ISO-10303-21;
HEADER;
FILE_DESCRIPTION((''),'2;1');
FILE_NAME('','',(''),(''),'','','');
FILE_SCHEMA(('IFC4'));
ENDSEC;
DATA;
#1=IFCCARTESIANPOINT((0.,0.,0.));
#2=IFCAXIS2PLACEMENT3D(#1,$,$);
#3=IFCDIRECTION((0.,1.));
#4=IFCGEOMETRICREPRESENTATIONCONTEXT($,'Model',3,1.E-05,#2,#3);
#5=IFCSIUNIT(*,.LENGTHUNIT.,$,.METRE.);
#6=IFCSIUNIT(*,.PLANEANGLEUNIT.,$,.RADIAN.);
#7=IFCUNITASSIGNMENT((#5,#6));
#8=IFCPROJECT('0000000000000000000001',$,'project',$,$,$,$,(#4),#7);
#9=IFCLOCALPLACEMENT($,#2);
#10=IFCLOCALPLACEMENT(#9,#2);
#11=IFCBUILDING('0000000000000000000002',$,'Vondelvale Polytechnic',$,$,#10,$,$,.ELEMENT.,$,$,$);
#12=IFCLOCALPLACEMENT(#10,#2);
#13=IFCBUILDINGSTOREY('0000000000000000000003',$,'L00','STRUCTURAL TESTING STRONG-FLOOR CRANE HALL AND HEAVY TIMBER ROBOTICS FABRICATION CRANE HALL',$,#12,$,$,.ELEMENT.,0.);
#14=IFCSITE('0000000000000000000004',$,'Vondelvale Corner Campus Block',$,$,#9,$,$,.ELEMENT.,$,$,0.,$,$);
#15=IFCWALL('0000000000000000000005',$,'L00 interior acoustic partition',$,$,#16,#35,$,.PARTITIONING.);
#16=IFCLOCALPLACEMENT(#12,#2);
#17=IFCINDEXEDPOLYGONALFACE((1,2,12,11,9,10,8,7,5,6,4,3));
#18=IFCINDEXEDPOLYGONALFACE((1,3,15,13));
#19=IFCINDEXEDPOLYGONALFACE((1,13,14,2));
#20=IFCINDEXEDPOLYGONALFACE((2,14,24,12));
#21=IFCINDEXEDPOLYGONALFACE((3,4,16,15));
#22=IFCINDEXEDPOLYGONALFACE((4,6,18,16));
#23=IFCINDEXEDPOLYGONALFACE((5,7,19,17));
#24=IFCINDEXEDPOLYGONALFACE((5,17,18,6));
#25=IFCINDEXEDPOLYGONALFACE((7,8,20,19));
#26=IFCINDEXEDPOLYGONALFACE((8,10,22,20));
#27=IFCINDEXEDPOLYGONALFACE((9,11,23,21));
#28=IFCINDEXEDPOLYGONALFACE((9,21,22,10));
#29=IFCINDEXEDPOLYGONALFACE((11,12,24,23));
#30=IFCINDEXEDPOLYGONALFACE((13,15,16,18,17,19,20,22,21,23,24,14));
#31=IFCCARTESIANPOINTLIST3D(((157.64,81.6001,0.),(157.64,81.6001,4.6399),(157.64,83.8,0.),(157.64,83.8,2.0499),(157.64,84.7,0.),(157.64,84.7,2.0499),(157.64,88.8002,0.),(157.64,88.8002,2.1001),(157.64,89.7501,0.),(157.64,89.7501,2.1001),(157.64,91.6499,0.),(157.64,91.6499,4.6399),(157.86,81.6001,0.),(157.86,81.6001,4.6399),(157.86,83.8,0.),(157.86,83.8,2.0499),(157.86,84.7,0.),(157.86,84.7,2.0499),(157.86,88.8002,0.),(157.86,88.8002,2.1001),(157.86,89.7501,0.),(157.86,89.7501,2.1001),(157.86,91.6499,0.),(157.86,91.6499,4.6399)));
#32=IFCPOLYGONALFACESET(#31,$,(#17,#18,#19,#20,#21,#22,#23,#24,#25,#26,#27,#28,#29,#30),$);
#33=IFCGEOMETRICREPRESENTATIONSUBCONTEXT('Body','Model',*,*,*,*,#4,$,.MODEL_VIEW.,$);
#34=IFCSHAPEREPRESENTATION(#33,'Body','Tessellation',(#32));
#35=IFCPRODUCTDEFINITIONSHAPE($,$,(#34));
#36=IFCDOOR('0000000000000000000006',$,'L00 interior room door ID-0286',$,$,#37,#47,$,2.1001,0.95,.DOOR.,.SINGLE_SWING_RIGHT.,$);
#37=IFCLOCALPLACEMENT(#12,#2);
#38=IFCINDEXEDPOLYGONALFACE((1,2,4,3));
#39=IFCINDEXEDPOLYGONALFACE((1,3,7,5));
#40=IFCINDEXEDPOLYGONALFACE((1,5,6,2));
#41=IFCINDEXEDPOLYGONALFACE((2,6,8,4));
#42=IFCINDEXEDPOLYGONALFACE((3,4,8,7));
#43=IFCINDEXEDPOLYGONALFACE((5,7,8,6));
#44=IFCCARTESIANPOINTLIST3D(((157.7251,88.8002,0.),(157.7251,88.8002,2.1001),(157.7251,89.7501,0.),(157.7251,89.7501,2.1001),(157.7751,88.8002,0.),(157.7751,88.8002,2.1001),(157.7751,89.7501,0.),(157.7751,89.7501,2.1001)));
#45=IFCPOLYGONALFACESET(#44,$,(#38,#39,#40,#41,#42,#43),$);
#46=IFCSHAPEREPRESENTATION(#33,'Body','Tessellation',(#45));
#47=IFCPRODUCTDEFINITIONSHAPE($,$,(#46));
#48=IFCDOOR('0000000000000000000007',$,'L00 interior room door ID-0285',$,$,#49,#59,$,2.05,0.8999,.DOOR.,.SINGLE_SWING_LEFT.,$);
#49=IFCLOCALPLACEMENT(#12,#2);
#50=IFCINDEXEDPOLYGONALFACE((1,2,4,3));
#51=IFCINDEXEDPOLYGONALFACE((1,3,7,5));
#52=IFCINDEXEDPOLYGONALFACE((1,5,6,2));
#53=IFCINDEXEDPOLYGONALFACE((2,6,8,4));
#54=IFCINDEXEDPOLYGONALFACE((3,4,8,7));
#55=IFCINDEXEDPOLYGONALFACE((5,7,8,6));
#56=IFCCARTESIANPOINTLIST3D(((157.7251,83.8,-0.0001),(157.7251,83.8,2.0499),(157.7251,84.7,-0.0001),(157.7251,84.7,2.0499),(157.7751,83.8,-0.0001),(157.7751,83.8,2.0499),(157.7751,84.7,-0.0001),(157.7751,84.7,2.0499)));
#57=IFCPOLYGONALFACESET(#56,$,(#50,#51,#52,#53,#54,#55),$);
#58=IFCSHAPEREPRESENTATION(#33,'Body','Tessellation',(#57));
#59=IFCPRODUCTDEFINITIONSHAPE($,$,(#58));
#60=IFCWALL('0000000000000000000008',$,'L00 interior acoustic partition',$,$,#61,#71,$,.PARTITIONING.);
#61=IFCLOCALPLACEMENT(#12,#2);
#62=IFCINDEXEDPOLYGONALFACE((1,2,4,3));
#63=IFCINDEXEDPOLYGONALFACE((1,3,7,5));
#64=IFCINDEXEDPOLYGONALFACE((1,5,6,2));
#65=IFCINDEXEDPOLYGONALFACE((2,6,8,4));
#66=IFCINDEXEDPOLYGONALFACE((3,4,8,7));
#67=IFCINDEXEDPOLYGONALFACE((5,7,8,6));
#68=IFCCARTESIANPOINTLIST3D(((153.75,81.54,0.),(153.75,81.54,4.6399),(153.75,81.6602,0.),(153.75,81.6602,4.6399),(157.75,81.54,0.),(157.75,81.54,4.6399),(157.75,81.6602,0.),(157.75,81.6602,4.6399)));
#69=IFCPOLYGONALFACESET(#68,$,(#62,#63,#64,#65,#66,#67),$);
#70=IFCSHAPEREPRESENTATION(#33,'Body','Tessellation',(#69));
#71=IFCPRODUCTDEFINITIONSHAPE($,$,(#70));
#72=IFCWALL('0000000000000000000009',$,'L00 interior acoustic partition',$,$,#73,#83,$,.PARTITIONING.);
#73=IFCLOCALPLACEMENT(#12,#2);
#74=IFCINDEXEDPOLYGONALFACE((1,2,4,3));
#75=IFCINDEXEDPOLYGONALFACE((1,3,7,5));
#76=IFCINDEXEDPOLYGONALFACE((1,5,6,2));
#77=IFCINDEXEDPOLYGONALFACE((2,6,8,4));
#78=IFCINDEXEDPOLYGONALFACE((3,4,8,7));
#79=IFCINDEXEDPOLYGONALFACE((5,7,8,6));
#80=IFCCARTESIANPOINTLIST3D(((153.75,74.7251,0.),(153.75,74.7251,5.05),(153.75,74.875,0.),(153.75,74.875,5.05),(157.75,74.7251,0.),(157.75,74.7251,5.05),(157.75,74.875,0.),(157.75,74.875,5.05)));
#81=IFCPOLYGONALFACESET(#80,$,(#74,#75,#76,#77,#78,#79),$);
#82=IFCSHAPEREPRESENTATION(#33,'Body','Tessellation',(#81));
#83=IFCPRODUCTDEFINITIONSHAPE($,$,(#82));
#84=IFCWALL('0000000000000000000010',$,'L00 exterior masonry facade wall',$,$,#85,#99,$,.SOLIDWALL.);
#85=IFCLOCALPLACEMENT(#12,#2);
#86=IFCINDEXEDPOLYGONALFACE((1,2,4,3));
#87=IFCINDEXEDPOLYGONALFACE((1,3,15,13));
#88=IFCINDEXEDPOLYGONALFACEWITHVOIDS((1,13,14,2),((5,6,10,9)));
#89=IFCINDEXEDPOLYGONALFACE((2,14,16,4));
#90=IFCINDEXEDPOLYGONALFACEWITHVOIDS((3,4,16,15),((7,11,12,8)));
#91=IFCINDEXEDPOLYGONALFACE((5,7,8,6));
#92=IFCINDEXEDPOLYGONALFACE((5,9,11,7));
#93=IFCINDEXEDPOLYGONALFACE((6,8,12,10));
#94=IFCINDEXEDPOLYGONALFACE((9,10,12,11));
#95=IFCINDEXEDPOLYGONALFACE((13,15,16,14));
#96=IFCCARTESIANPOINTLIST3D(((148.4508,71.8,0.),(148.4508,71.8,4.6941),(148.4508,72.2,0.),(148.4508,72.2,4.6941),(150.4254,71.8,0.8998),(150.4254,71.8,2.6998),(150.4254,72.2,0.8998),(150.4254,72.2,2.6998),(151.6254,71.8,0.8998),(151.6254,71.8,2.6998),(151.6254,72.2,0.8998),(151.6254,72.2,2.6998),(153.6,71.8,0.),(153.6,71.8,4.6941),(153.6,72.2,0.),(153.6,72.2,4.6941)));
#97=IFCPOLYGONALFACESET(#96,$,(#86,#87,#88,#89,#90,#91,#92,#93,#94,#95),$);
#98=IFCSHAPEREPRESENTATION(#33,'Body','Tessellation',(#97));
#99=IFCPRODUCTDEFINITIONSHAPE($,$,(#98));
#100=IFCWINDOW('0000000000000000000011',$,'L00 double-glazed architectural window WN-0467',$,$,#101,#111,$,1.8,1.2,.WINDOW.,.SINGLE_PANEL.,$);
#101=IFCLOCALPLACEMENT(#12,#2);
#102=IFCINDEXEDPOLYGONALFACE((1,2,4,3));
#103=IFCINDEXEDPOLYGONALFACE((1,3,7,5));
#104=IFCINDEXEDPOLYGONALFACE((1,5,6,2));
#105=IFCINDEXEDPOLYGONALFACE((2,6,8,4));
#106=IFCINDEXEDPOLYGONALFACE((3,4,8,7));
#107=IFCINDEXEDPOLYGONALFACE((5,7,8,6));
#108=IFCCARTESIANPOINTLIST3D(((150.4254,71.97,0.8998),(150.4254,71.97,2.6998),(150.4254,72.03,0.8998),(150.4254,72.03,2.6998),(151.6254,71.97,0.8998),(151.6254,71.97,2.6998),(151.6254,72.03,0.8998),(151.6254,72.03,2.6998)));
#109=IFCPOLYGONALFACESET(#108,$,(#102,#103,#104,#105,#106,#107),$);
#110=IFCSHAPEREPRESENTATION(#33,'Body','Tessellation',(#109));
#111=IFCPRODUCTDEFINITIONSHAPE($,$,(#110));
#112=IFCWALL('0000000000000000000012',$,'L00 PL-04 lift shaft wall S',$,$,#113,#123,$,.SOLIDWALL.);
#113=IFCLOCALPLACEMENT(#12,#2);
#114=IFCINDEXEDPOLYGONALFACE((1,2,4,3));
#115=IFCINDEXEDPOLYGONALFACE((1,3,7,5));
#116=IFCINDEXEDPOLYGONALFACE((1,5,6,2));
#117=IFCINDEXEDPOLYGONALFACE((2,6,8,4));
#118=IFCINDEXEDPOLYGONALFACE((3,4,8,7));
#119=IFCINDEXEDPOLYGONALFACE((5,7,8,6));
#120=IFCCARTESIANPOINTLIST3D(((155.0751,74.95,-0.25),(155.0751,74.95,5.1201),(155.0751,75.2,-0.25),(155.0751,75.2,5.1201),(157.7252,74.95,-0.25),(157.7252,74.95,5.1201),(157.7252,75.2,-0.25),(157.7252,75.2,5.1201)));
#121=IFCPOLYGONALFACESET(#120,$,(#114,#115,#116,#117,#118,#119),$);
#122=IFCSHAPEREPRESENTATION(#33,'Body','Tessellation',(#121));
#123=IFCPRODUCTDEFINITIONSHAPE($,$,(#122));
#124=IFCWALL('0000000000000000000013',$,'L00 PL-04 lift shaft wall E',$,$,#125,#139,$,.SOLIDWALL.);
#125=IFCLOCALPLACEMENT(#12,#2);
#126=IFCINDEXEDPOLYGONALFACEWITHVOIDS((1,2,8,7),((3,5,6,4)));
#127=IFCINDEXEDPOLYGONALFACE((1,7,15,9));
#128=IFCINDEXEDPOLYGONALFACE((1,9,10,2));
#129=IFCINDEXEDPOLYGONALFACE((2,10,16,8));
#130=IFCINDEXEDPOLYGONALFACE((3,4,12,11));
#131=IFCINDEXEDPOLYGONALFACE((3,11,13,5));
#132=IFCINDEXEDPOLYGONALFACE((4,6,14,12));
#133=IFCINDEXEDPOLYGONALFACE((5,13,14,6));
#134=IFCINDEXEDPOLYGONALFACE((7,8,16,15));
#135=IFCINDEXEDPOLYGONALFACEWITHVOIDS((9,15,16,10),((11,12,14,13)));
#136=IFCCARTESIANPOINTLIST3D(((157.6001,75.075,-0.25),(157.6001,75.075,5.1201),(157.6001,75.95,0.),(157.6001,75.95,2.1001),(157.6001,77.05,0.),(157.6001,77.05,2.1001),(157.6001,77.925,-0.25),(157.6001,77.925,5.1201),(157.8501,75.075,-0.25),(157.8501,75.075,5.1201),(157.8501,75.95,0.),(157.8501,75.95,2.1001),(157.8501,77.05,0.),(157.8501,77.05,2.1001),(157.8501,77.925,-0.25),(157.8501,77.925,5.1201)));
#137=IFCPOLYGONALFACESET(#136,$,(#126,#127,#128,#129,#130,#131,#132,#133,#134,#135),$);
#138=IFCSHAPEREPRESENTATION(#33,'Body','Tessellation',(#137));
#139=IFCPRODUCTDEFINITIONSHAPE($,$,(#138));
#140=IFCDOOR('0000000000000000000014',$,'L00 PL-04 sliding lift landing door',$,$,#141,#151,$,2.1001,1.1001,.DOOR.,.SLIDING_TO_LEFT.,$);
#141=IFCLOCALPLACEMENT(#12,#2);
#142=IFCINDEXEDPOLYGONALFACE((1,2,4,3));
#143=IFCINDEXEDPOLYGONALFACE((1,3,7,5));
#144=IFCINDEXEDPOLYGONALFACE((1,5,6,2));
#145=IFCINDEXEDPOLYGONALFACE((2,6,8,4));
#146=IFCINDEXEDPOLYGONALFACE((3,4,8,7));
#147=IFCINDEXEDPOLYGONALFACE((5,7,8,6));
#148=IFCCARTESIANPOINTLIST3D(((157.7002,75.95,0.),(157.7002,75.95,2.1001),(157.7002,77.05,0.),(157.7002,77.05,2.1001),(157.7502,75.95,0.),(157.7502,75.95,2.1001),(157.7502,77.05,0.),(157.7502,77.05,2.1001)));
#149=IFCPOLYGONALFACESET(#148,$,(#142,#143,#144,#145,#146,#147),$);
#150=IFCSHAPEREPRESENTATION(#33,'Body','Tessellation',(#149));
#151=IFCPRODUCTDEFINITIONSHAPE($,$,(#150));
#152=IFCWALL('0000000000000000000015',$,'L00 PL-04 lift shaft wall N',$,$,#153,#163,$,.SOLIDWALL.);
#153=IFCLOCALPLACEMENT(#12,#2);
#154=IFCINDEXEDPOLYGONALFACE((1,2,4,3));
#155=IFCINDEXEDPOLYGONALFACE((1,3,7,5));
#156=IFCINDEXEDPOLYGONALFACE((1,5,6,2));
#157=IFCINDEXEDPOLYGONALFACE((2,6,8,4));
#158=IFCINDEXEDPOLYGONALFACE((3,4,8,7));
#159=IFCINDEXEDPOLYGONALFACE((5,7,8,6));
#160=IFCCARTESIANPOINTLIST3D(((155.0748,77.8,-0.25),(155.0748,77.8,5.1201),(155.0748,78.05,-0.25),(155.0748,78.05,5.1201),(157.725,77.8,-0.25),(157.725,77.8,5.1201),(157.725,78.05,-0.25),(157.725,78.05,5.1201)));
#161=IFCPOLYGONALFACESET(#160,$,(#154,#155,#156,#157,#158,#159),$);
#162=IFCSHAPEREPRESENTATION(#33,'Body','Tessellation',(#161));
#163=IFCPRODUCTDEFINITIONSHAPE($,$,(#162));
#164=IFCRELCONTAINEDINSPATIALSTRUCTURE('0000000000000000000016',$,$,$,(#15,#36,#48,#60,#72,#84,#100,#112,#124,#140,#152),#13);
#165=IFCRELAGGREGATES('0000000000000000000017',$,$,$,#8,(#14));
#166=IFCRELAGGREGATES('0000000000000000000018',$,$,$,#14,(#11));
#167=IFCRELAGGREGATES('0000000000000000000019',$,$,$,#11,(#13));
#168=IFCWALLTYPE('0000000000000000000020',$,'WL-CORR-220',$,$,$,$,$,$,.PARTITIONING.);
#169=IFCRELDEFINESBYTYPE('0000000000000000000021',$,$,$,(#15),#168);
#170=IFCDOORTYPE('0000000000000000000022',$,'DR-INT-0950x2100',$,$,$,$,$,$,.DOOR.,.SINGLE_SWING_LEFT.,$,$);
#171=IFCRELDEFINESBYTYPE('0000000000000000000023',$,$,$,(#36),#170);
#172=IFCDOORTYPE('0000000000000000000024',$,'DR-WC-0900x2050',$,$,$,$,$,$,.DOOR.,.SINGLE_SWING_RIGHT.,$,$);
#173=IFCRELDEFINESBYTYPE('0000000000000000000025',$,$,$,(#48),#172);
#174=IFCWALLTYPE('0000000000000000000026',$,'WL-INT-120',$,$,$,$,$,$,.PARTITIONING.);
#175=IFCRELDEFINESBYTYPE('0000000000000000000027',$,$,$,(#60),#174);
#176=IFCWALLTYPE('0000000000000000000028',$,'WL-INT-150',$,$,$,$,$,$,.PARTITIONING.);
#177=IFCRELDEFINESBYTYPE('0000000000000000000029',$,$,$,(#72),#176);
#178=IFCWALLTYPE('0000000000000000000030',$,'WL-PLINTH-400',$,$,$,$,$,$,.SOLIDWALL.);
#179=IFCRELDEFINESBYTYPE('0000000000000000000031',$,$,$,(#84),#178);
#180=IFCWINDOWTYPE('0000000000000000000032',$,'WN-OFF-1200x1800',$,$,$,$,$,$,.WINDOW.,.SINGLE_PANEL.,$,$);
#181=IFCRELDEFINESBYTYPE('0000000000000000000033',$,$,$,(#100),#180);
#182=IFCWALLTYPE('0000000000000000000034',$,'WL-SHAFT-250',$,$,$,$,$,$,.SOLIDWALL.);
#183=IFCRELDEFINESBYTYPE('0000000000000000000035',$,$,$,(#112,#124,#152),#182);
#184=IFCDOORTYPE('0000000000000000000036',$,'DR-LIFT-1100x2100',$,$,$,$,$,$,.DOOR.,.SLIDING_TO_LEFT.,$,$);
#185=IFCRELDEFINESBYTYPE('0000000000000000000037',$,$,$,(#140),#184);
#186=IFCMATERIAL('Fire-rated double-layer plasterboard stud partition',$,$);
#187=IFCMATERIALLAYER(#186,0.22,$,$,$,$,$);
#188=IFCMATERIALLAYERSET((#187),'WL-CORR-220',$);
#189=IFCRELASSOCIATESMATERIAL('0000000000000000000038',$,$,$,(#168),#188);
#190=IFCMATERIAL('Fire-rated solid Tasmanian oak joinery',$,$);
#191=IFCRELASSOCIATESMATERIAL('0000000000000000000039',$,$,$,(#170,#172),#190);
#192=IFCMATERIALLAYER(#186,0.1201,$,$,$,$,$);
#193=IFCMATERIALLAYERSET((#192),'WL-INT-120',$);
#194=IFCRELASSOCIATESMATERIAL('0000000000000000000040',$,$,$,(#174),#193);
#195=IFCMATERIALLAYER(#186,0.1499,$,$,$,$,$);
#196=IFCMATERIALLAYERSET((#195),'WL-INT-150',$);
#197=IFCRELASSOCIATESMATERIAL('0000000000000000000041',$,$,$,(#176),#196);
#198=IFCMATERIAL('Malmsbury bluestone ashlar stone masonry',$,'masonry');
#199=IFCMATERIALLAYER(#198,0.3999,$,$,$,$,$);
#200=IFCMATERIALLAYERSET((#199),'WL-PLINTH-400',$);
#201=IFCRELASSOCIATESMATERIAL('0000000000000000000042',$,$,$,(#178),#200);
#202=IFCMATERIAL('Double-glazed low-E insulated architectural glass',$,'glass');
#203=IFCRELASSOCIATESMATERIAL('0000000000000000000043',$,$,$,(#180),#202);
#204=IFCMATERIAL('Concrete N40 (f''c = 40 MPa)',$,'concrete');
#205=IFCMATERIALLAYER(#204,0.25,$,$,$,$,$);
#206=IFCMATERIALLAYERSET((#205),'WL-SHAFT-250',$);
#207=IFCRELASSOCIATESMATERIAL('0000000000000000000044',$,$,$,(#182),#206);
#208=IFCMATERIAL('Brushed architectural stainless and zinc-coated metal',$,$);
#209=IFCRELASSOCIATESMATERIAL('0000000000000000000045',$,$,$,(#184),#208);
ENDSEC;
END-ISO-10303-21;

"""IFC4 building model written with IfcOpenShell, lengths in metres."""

from ifc_helpers import new_model, si_unit, direction, frame, frame_2d, origin, place, context, subcontext, project, spatial, rectangle, extrude, material, layer, layer_set, type_object, element, fill, save


model = new_model("IFC4")

# Units and contexts
model_context = context("Model", 3, precision=1e-05, world=origin(), true_north=direction((0.0, 1.0)))
body_context = subcontext(model_context, "Body", "Model", "MODEL_VIEW")
ifc_project = project(units=[si_unit("LENGTHUNIT", "METRE"), si_unit("PLANEANGLEUNIT", "RADIAN")], contexts=[model_context])

# Site, building, storey
site_placement = place(None, origin())
site = spatial("IfcSite", under=ifc_project, at=site_placement, Name="Vondelvale Corner Campus Block", CompositionType="ELEMENT", RefElevation=0.0)
building_placement = place(site_placement, origin())
building = spatial("IfcBuilding", under=site, at=building_placement, Name="Vondelvale Polytechnic", CompositionType="ELEMENT")
storey_placement = place(building_placement, origin())
storey = spatial("IfcBuildingStorey", under=building, at=storey_placement, Name="L00", Description="STRUCTURAL TESTING STRONG-FLOOR CRANE HALL AND HEAVY TIMBER ROBOTICS FABRICATION CRANE HALL", CompositionType="ELEMENT", Elevation=0.0)

# Shared definitions
ifc_material_1 = material(Name="Concrete N40 (f'c = 40 MPa)", Category="concrete")

# Shared definitions
ifc_material_2 = material(Name="Fire-rated double-layer plasterboard stud partition")
ifc_layer_1 = layer(ifc_material_2, 0.22)
ifc_layer_set_1 = layer_set([ifc_layer_1], Name="WL-CORR-220")
wall_type_1 = type_object("IfcWallType", Name="WL-CORR-220", PredefinedType="PARTITIONING", material=ifc_layer_set_1)

# Wall, openings, doors
wall_1_placement = place(storey_placement, frame((157.75, 81.6001, 0.0), z_axis=(0.0, 0.0, 1.0), x_axis=(0.0, 1.0, 0.0)))
wall_1 = element("IfcWall", 1, at=wall_1_placement, inside=storey, type_object=wall_type_1, Name="L00 interior acoustic partition", PredefinedType="PARTITIONING", context=body_context, shape_type="SweptSolid", body=[
    extrude(rectangle(XDim=10.0498, YDim=0.22, at=frame_2d((5.0249, 0.0))), origin(), (0.0, 0.0, 1.0), 4.6399),
])
opening_1_placement = place(wall_1_placement, frame((2.2, 0.0, 0.0)))
opening_1 = element("IfcOpeningElement", 2, at=opening_1_placement, cuts=wall_1, PredefinedType="OPENING", context=body_context, shape_type="SweptSolid", body=[
    extrude(rectangle(XDim=0.8999, YDim=2.05, at=frame_2d((0.45, 1.0249))), frame((0.0, 0.1199, 0.0), z_axis=(0.0, -1.0, 0.0), x_axis=(1.0, 0.0, 0.0)), (0.0, 0.0, 1.0), 0.24),
])
opening_2_placement = place(wall_1_placement, frame((7.2, 0.0, 0.0)))
opening_2 = element("IfcOpeningElement", 3, at=opening_2_placement, cuts=wall_1, PredefinedType="OPENING", context=body_context, shape_type="SweptSolid", body=[
    extrude(rectangle(XDim=0.95, YDim=2.1001, at=frame_2d((0.4751, 1.05))), frame((0.0, 0.1199, 0.0), z_axis=(0.0, -1.0, 0.0), x_axis=(1.0, 0.0, 0.0)), (0.0, 0.0, 1.0), 0.24),
])
ifc_material_3 = material(Name="Fire-rated solid Tasmanian oak joinery")
door_type_1 = type_object("IfcDoorType", Name="DR-INT-0950x2100", OperationType="SINGLE_SWING_LEFT", PredefinedType="DOOR", material=ifc_material_3)
door_1_placement = place(opening_2_placement, origin())
door_1 = element("IfcDoor", 4, at=door_1_placement, inside=storey, type_object=door_type_1, Name="L00 interior room door ID-0286", OperationType="SINGLE_SWING_RIGHT", OverallHeight=2.1001, OverallWidth=0.95, PredefinedType="DOOR", context=body_context, shape_type="SweptSolid", body=[
    extrude(rectangle(XDim=0.95, YDim=2.1001, at=frame_2d((0.4751, 1.05))), frame((0.0, 0.0249, 0.0), z_axis=(0.0, -1.0, 0.0), x_axis=(1.0, 0.0, 0.0)), (0.0, 0.0, 1.0), 0.05),
])
fill(opening_2, door_1)
door_type_2 = type_object("IfcDoorType", Name="DR-WC-0900x2050", OperationType="SINGLE_SWING_RIGHT", PredefinedType="DOOR", material=ifc_material_3)
door_2_placement = place(opening_1_placement, origin())
door_2 = element("IfcDoor", 5, at=door_2_placement, inside=storey, type_object=door_type_2, Name="L00 interior room door ID-0285", OperationType="SINGLE_SWING_LEFT", OverallHeight=2.05, OverallWidth=0.8999, PredefinedType="DOOR", context=body_context, shape_type="SweptSolid", body=[
    extrude(rectangle(XDim=0.8999, YDim=2.05, at=frame_2d((0.45, 1.0249))), frame((0.0, 0.0249, 0.0), z_axis=(0.0, -1.0, 0.0), x_axis=(1.0, 0.0, 0.0)), (0.0, 0.0, 1.0), 0.05),
])
fill(opening_1, door_2)

# Walls
ifc_layer_2 = layer(ifc_material_2, 0.1201)
ifc_layer_set_2 = layer_set([ifc_layer_2], Name="WL-INT-120")
wall_type_2 = type_object("IfcWallType", Name="WL-INT-120", PredefinedType="PARTITIONING", material=ifc_layer_set_2)
wall_2_placement = place(storey_placement, frame((153.75, 81.6001, 0.0), z_axis=(0.0, 0.0, 1.0), x_axis=(1.0, 0.0, 0.0)))
element("IfcWall", 6, at=wall_2_placement, inside=storey, type_object=wall_type_2, Name="L00 interior acoustic partition", PredefinedType="PARTITIONING", context=body_context, shape_type="SweptSolid", body=[
    extrude(rectangle(XDim=4.0, YDim=0.1201, at=frame_2d((2.0, 0.0))), origin(), (0.0, 0.0, 1.0), 4.6399),
])
ifc_layer_3 = layer(ifc_material_2, 0.1499)
ifc_layer_set_3 = layer_set([ifc_layer_3], Name="WL-INT-150")
wall_type_3 = type_object("IfcWallType", Name="WL-INT-150", PredefinedType="PARTITIONING", material=ifc_layer_set_3)
wall_3_placement = place(storey_placement, frame((153.75, 74.8, 0.0), z_axis=(0.0, 0.0, 1.0), x_axis=(1.0, 0.0, 0.0)))
element("IfcWall", 7, at=wall_3_placement, inside=storey, type_object=wall_type_3, Name="L00 interior acoustic partition", PredefinedType="PARTITIONING", context=body_context, shape_type="SweptSolid", body=[
    extrude(rectangle(XDim=4.0, YDim=0.1499, at=frame_2d((2.0, 0.0))), origin(), (0.0, 0.0, 1.0), 5.05),
])

# Wall, opening, window
ifc_material_4 = material(Name="Malmsbury bluestone ashlar stone masonry", Category="masonry")
ifc_layer_4 = layer(ifc_material_4, 0.3999)
ifc_layer_set_4 = layer_set([ifc_layer_4], Name="WL-PLINTH-400")
wall_type_4 = type_object("IfcWallType", Name="WL-PLINTH-400", PredefinedType="SOLIDWALL", material=ifc_layer_set_4)
wall_4_placement = place(storey_placement, frame((153.6001, 72.0, 0.0), z_axis=(0.0, 0.0, 1.0), x_axis=(-1.0, 0.0, 0.0)))
wall_4 = element("IfcWall", 8, at=wall_4_placement, inside=storey, type_object=wall_type_4, Name="L00 exterior masonry facade wall", PredefinedType="SOLIDWALL", context=body_context, shape_type="SweptSolid", body=[
    extrude(rectangle(XDim=5.1492, YDim=0.3999, at=frame_2d((2.5747, 0.0))), origin(), (0.0, 0.0, 1.0), 4.6941),
])
opening_3_placement = place(wall_4_placement, frame((1.9746, 0.0, 0.8999)))
opening_3 = element("IfcOpeningElement", 9, at=opening_3_placement, cuts=wall_4, PredefinedType="OPENING", context=body_context, shape_type="SweptSolid", body=[
    extrude(rectangle(XDim=1.2, YDim=1.8, at=frame_2d((0.6001, 0.8999))), frame((0.0, 0.21, 0.0), z_axis=(0.0, -1.0, 0.0), x_axis=(1.0, 0.0, 0.0)), (0.0, 0.0, 1.0), 0.4199),
])
ifc_material_5 = material(Name="Double-glazed low-E insulated architectural glass", Category="glass")
window_type = type_object("IfcWindowType", Name="WN-OFF-1200x1800", PartitioningType="SINGLE_PANEL", PredefinedType="WINDOW", material=ifc_material_5)
window_placement = place(opening_3_placement, origin())
window = element("IfcWindow", 10, at=window_placement, inside=storey, type_object=window_type, Name="L00 double-glazed architectural window WN-0467", OverallHeight=1.8, OverallWidth=1.2, PartitioningType="SINGLE_PANEL", PredefinedType="WINDOW", context=body_context, shape_type="SweptSolid", body=[
    extrude(rectangle(XDim=1.2, YDim=1.8, at=frame_2d((0.6001, 0.8999))), frame((0.0, 0.03, 0.0), z_axis=(0.0, -1.0, 0.0), x_axis=(1.0, 0.0, 0.0)), (0.0, 0.0, 1.0), 0.0601),
])
fill(opening_3, window)

# Wall
ifc_layer_5 = layer(ifc_material_1, 0.25)
ifc_layer_set_5 = layer_set([ifc_layer_5], Name="WL-SHAFT-250")
wall_type_5 = type_object("IfcWallType", Name="WL-SHAFT-250", PredefinedType="SOLIDWALL", material=ifc_layer_set_5)
wall_5_placement = place(storey_placement, frame((155.075, 75.075, -0.25), z_axis=(0.0, 0.0, 1.0), x_axis=(1.0, 0.0, 0.0)))
element("IfcWall", 11, at=wall_5_placement, inside=storey, type_object=wall_type_5, Name="L00 PL-04 lift shaft wall S", PredefinedType="SOLIDWALL", context=body_context, shape_type="SweptSolid", body=[
    extrude(rectangle(XDim=2.6501, YDim=0.25, at=frame_2d((1.3252, 0.0))), origin(), (0.0, 0.0, 1.0), 5.3701),
])

# Wall, opening, door
wall_6_placement = place(storey_placement, frame((157.7251, 75.075, -0.25), z_axis=(0.0, 0.0, 1.0), x_axis=(0.0, 1.0, 0.0)))
wall_6 = element("IfcWall", 12, at=wall_6_placement, inside=storey, type_object=wall_type_5, Name="L00 PL-04 lift shaft wall E", PredefinedType="SOLIDWALL", context=body_context, shape_type="SweptSolid", body=[
    extrude(rectangle(XDim=2.8501, YDim=0.25, at=frame_2d((1.425, 0.0))), origin(), (0.0, 0.0, 1.0), 5.3701),
])
opening_4_placement = place(wall_6_placement, frame((0.875, 0.0, 0.25)))
opening_4 = element("IfcOpeningElement", 13, at=opening_4_placement, cuts=wall_6, PredefinedType="OPENING", context=body_context, shape_type="SweptSolid", body=[
    extrude(rectangle(XDim=1.1001, YDim=2.1001, at=frame_2d((0.55, 1.05))), frame((0.0, 0.135, 0.0), z_axis=(0.0, -1.0, 0.0), x_axis=(1.0, 0.0, 0.0)), (0.0, 0.0, 1.0), 0.27),
])
ifc_material_6 = material(Name="Brushed architectural stainless and zinc-coated metal")
door_type_3 = type_object("IfcDoorType", Name="DR-LIFT-1100x2100", OperationType="SLIDING_TO_LEFT", PredefinedType="DOOR", material=ifc_material_6)
door_3_placement = place(opening_4_placement, origin())
door_3 = element("IfcDoor", 14, at=door_3_placement, inside=storey, type_object=door_type_3, Name="L00 PL-04 sliding lift landing door", OperationType="SLIDING_TO_LEFT", OverallHeight=2.1001, OverallWidth=1.1001, PredefinedType="DOOR", context=body_context, shape_type="SweptSolid", body=[
    extrude(rectangle(XDim=1.1001, YDim=2.1001, at=frame_2d((0.55, 1.05))), frame((0.0, 0.0249, 0.0), z_axis=(0.0, -1.0, 0.0), x_axis=(1.0, 0.0, 0.0)), (0.0, 0.0, 1.0), 0.05),
])
fill(opening_4, door_3)

# Wall
wall_7_placement = place(storey_placement, frame((157.7251, 77.925, -0.25), z_axis=(0.0, 0.0, 1.0), x_axis=(-1.0, 0.0, 0.0)))
element("IfcWall", 15, at=wall_7_placement, inside=storey, type_object=wall_type_5, Name="L00 PL-04 lift shaft wall N", PredefinedType="SOLIDWALL", context=body_context, shape_type="SweptSolid", body=[
    extrude(rectangle(XDim=2.6501, YDim=0.25, at=frame_2d((1.3252, 0.0))), origin(), (0.0, 0.0, 1.0), 5.3701),
])

save(model, "model.ifc")
